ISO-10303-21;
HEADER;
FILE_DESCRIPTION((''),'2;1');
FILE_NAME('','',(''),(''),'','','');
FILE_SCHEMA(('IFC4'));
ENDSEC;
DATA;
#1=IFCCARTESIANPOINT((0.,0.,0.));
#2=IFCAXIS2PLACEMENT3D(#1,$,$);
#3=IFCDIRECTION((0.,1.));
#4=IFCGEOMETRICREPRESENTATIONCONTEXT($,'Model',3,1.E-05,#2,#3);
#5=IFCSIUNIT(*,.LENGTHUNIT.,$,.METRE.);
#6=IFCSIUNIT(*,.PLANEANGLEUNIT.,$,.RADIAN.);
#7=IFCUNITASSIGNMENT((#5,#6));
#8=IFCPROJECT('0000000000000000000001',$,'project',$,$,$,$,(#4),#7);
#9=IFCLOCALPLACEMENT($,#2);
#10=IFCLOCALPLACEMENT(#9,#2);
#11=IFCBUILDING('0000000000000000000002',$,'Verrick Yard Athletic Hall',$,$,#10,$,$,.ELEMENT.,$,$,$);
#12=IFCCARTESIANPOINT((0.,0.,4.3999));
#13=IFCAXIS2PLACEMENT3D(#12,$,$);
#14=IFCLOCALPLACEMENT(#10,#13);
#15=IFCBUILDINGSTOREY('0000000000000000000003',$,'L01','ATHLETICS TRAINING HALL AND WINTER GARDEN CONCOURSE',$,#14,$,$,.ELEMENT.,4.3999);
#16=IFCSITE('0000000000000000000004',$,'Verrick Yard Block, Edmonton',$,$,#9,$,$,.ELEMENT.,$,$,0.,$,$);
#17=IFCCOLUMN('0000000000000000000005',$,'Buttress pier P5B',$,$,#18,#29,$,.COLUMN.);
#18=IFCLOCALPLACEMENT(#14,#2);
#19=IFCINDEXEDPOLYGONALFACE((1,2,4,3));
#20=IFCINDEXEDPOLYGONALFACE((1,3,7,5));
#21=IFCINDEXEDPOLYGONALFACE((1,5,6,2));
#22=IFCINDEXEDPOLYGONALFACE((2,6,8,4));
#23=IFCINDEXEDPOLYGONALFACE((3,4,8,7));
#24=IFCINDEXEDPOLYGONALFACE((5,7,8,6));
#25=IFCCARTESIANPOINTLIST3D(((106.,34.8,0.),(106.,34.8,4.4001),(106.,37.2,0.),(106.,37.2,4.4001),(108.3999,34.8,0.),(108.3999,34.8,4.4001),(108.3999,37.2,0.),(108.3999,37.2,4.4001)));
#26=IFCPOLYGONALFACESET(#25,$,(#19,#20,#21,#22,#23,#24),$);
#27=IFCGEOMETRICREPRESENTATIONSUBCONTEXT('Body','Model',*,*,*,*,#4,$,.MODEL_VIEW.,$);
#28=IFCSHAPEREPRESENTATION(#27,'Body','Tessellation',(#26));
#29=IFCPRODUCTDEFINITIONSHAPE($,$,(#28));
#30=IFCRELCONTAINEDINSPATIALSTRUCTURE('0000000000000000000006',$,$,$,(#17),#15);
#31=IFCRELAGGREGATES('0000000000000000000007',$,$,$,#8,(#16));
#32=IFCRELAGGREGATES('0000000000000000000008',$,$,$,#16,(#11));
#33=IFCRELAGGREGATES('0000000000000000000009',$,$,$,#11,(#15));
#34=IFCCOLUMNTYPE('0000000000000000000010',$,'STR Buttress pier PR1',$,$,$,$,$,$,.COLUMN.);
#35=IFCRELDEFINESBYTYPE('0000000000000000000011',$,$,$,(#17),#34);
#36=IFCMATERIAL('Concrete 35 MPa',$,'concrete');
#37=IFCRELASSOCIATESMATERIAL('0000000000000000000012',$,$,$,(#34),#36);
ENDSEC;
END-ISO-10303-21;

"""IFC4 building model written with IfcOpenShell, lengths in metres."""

from ifc_helpers import new_model, si_unit, direction, frame, origin, origin_2d, place, context, subcontext, project, spatial, rectangle, extrude, material, material_profile, profile_set, type_object, element, save


model = new_model("IFC4")

# Units and contexts
model_context = context("Model", 3, precision=1e-05, world=origin(), true_north=direction((0.0, 1.0)))
body_context = subcontext(model_context, "Body", "Model", "MODEL_VIEW")
ifc_project = project(units=[si_unit("LENGTHUNIT", "METRE"), si_unit("PLANEANGLEUNIT", "RADIAN")], contexts=[model_context])

# Site, building, storey
site_placement = place(None, origin())
site = spatial("IfcSite", under=ifc_project, at=site_placement, Name="Verrick Yard Block, Edmonton", CompositionType="ELEMENT", RefElevation=0.0)
building_placement = place(site_placement, origin())
building = spatial("IfcBuilding", under=site, at=building_placement, Name="Verrick Yard Athletic Hall", CompositionType="ELEMENT")
storey_placement = place(building_placement, frame((0.0, 0.0, 4.3999)))
storey = spatial("IfcBuildingStorey", under=building, at=storey_placement, Name="L01", Description="ATHLETICS TRAINING HALL AND WINTER GARDEN CONCOURSE", CompositionType="ELEMENT", Elevation=4.3999)

# Column
ifc_material_1 = material(Name="Concrete 35 MPa", Category="concrete")
ifc_material_profile = material_profile(ifc_material_1, rectangle(XDim=2.3999, YDim=2.3999, at=origin_2d()), Name="STR Buttress pier PR1")
ifc_profile_set = profile_set([ifc_material_profile], Name="Concrete 35 MPa")
column_type = type_object("IfcColumnType", Name="STR Buttress pier PR1", PredefinedType="COLUMN", material=ifc_profile_set)
column_placement = place(storey_placement, frame((107.2, 36.0, 0.0), z_axis=(0.0, 0.0, 1.0), x_axis=(1.0, 0.0, 0.0)))
element("IfcColumn", 1, at=column_placement, inside=storey, type_object=column_type, Name="Buttress pier P5B", PredefinedType="COLUMN", context=body_context, shape_type="SweptSolid", body=[
    extrude(rectangle(XDim=2.3999, YDim=2.3999, at=origin_2d()), origin(), (0.0, 0.0, 1.0), 4.4001),
])

save(model, "model.ifc")
